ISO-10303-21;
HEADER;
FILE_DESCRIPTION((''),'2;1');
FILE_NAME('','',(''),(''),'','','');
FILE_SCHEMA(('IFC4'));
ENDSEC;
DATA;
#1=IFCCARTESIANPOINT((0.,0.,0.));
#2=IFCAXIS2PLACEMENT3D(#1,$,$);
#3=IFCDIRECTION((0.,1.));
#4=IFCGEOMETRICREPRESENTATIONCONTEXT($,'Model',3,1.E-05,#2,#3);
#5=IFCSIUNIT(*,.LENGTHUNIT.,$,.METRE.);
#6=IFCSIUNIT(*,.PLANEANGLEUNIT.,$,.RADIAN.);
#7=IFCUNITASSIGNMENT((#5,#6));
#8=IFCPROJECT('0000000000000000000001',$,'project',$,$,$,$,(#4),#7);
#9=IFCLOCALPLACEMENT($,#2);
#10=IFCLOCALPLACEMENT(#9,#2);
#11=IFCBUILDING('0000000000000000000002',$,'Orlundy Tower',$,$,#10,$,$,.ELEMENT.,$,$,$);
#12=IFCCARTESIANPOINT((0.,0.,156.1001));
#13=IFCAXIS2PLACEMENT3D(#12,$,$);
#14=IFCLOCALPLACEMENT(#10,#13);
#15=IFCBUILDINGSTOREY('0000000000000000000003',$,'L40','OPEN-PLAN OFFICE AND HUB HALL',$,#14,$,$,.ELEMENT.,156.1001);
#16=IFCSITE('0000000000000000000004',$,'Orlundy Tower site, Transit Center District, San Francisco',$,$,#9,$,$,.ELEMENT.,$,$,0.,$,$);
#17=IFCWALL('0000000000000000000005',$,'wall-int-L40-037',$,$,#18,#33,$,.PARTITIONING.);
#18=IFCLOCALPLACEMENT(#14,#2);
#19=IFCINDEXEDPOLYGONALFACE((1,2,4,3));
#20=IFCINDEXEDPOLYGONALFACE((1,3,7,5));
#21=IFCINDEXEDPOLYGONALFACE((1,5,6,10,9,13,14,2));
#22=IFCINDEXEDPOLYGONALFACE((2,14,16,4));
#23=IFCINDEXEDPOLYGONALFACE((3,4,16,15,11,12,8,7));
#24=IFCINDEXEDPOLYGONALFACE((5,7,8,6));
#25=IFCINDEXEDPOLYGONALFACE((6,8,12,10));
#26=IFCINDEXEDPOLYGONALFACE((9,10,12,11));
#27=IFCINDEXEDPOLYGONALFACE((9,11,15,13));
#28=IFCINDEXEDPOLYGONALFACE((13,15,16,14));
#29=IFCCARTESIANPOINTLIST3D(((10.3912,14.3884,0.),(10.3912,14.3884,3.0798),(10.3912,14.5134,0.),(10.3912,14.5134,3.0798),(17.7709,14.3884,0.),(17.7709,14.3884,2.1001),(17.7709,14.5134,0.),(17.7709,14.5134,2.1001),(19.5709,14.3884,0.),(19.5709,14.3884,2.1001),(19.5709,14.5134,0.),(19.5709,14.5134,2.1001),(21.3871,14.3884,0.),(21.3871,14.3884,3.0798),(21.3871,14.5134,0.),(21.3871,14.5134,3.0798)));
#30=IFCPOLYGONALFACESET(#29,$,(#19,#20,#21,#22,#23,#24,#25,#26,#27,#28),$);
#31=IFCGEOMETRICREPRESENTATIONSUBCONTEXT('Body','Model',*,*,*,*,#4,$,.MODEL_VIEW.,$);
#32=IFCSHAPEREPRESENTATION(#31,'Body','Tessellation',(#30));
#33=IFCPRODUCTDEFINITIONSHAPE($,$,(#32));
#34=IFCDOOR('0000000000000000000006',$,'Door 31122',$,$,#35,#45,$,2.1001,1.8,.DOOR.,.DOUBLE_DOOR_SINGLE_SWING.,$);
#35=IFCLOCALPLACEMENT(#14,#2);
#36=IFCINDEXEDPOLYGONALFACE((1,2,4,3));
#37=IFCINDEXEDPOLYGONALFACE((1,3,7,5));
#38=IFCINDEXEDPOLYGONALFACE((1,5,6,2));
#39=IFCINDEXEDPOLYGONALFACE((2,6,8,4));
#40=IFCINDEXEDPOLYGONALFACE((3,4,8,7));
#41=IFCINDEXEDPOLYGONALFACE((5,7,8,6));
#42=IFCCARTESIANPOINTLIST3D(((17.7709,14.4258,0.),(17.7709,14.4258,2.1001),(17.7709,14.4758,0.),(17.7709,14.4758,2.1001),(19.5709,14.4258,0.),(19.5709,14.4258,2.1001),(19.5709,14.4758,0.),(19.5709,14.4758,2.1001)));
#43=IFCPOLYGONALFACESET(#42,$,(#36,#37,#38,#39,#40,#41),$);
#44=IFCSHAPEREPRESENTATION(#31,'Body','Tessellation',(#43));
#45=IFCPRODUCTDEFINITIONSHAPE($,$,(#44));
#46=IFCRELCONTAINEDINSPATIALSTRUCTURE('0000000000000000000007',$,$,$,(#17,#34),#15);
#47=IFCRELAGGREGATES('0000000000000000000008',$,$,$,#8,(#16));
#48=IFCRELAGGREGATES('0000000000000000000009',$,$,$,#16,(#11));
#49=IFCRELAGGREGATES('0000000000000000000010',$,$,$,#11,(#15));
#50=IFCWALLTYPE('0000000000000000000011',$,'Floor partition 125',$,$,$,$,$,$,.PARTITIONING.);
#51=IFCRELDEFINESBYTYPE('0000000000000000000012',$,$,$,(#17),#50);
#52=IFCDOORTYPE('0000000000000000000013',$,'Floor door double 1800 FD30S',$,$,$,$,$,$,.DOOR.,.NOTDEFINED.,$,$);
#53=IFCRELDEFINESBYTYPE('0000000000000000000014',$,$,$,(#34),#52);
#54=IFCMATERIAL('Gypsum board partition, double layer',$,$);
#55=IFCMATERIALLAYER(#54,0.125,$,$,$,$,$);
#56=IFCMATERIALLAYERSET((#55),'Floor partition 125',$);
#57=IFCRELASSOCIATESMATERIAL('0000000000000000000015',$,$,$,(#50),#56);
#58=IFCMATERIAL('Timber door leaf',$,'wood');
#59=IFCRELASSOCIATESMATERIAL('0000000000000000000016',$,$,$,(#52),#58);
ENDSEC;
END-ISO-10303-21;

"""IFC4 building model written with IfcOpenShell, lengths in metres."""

from ifc_helpers import new_model, si_unit, direction, frame, frame_2d, origin, place, context, subcontext, project, spatial, rectangle, extrude, material, layer, layer_set, type_object, element, fill, save


model = new_model("IFC4")

# Units and contexts
model_context = context("Model", 3, precision=1e-05, world=origin(), true_north=direction((0.0, 1.0)))
body_context = subcontext(model_context, "Body", "Model", "MODEL_VIEW")
ifc_project = project(units=[si_unit("LENGTHUNIT", "METRE"), si_unit("PLANEANGLEUNIT", "RADIAN")], contexts=[model_context])

# Site, building, storey
site_placement = place(None, origin())
site = spatial("IfcSite", under=ifc_project, at=site_placement, Name="Orlundy Tower site, Transit Center District, San Francisco", CompositionType="ELEMENT", RefElevation=0.0)
building_placement = place(site_placement, origin())
building = spatial("IfcBuilding", under=site, at=building_placement, Name="Orlundy Tower", CompositionType="ELEMENT")
storey_placement = place(building_placement, frame((0.0, 0.0, 156.1001)))
storey = spatial("IfcBuildingStorey", under=building, at=storey_placement, Name="L40", Description="OPEN-PLAN OFFICE AND HUB HALL", CompositionType="ELEMENT", Elevation=156.1001)

# Wall, opening, door
ifc_material_1 = material(Name="Gypsum board partition, double layer")
ifc_layer_1 = layer(ifc_material_1, 0.125)
ifc_layer_set_1 = layer_set([ifc_layer_1], Name="Floor partition 125")
wall_type_1 = type_object("IfcWallType", Name="Floor partition 125", PredefinedType="PARTITIONING", material=ifc_layer_set_1)
wall_1_placement = place(storey_placement, frame((10.3911, 14.4509, 0.0), z_axis=(0.0, 0.0, 1.0), x_axis=(1.0, 0.0, 0.0)))
wall_1 = element("IfcWall", 1, at=wall_1_placement, inside=storey, type_object=wall_type_1, Name="wall-int-L40-037", PredefinedType="PARTITIONING", context=body_context, shape_type="SweptSolid", body=[
    extrude(rectangle(XDim=10.9958, YDim=0.125, at=frame_2d((5.498, 0.0))), origin(), (0.0, 0.0, 1.0), 3.0798),
])
opening_placement = place(wall_1_placement, frame((7.3799, 0.0, 0.0)))
opening = element("IfcOpeningElement", 2, at=opening_placement, cuts=wall_1, PredefinedType="OPENING", context=body_context, shape_type="SweptSolid", body=[
    extrude(rectangle(XDim=1.8, YDim=2.1001, at=frame_2d((0.8999, 1.05))), frame((0.0, 0.0725, 0.0), z_axis=(0.0, -1.0, 0.0), x_axis=(1.0, 0.0, 0.0)), (0.0, 0.0, 1.0), 0.145),
])
ifc_material_2 = material(Name="Timber door leaf", Category="wood")
door_type = type_object("IfcDoorType", Name="Floor door double 1800 FD30S", OperationType="NOTDEFINED", PredefinedType="DOOR", material=ifc_material_2)
door_placement = place(opening_placement, origin())
door = element("IfcDoor", 3, at=door_placement, inside=storey, type_object=door_type, Name="Door 31122", OperationType="DOUBLE_DOOR_SINGLE_SWING", OverallHeight=2.1001, OverallWidth=1.8, PredefinedType="DOOR", context=body_context, shape_type="SweptSolid", body=[
    extrude(rectangle(XDim=1.8, YDim=2.1001, at=frame_2d((0.8999, 1.05))), frame((0.0, 0.0249, 0.0), z_axis=(0.0, -1.0, 0.0), x_axis=(1.0, 0.0, 0.0)), (0.0, 0.0, 1.0), 0.05),
])
fill(opening, door)

save(model, "model.ifc")
